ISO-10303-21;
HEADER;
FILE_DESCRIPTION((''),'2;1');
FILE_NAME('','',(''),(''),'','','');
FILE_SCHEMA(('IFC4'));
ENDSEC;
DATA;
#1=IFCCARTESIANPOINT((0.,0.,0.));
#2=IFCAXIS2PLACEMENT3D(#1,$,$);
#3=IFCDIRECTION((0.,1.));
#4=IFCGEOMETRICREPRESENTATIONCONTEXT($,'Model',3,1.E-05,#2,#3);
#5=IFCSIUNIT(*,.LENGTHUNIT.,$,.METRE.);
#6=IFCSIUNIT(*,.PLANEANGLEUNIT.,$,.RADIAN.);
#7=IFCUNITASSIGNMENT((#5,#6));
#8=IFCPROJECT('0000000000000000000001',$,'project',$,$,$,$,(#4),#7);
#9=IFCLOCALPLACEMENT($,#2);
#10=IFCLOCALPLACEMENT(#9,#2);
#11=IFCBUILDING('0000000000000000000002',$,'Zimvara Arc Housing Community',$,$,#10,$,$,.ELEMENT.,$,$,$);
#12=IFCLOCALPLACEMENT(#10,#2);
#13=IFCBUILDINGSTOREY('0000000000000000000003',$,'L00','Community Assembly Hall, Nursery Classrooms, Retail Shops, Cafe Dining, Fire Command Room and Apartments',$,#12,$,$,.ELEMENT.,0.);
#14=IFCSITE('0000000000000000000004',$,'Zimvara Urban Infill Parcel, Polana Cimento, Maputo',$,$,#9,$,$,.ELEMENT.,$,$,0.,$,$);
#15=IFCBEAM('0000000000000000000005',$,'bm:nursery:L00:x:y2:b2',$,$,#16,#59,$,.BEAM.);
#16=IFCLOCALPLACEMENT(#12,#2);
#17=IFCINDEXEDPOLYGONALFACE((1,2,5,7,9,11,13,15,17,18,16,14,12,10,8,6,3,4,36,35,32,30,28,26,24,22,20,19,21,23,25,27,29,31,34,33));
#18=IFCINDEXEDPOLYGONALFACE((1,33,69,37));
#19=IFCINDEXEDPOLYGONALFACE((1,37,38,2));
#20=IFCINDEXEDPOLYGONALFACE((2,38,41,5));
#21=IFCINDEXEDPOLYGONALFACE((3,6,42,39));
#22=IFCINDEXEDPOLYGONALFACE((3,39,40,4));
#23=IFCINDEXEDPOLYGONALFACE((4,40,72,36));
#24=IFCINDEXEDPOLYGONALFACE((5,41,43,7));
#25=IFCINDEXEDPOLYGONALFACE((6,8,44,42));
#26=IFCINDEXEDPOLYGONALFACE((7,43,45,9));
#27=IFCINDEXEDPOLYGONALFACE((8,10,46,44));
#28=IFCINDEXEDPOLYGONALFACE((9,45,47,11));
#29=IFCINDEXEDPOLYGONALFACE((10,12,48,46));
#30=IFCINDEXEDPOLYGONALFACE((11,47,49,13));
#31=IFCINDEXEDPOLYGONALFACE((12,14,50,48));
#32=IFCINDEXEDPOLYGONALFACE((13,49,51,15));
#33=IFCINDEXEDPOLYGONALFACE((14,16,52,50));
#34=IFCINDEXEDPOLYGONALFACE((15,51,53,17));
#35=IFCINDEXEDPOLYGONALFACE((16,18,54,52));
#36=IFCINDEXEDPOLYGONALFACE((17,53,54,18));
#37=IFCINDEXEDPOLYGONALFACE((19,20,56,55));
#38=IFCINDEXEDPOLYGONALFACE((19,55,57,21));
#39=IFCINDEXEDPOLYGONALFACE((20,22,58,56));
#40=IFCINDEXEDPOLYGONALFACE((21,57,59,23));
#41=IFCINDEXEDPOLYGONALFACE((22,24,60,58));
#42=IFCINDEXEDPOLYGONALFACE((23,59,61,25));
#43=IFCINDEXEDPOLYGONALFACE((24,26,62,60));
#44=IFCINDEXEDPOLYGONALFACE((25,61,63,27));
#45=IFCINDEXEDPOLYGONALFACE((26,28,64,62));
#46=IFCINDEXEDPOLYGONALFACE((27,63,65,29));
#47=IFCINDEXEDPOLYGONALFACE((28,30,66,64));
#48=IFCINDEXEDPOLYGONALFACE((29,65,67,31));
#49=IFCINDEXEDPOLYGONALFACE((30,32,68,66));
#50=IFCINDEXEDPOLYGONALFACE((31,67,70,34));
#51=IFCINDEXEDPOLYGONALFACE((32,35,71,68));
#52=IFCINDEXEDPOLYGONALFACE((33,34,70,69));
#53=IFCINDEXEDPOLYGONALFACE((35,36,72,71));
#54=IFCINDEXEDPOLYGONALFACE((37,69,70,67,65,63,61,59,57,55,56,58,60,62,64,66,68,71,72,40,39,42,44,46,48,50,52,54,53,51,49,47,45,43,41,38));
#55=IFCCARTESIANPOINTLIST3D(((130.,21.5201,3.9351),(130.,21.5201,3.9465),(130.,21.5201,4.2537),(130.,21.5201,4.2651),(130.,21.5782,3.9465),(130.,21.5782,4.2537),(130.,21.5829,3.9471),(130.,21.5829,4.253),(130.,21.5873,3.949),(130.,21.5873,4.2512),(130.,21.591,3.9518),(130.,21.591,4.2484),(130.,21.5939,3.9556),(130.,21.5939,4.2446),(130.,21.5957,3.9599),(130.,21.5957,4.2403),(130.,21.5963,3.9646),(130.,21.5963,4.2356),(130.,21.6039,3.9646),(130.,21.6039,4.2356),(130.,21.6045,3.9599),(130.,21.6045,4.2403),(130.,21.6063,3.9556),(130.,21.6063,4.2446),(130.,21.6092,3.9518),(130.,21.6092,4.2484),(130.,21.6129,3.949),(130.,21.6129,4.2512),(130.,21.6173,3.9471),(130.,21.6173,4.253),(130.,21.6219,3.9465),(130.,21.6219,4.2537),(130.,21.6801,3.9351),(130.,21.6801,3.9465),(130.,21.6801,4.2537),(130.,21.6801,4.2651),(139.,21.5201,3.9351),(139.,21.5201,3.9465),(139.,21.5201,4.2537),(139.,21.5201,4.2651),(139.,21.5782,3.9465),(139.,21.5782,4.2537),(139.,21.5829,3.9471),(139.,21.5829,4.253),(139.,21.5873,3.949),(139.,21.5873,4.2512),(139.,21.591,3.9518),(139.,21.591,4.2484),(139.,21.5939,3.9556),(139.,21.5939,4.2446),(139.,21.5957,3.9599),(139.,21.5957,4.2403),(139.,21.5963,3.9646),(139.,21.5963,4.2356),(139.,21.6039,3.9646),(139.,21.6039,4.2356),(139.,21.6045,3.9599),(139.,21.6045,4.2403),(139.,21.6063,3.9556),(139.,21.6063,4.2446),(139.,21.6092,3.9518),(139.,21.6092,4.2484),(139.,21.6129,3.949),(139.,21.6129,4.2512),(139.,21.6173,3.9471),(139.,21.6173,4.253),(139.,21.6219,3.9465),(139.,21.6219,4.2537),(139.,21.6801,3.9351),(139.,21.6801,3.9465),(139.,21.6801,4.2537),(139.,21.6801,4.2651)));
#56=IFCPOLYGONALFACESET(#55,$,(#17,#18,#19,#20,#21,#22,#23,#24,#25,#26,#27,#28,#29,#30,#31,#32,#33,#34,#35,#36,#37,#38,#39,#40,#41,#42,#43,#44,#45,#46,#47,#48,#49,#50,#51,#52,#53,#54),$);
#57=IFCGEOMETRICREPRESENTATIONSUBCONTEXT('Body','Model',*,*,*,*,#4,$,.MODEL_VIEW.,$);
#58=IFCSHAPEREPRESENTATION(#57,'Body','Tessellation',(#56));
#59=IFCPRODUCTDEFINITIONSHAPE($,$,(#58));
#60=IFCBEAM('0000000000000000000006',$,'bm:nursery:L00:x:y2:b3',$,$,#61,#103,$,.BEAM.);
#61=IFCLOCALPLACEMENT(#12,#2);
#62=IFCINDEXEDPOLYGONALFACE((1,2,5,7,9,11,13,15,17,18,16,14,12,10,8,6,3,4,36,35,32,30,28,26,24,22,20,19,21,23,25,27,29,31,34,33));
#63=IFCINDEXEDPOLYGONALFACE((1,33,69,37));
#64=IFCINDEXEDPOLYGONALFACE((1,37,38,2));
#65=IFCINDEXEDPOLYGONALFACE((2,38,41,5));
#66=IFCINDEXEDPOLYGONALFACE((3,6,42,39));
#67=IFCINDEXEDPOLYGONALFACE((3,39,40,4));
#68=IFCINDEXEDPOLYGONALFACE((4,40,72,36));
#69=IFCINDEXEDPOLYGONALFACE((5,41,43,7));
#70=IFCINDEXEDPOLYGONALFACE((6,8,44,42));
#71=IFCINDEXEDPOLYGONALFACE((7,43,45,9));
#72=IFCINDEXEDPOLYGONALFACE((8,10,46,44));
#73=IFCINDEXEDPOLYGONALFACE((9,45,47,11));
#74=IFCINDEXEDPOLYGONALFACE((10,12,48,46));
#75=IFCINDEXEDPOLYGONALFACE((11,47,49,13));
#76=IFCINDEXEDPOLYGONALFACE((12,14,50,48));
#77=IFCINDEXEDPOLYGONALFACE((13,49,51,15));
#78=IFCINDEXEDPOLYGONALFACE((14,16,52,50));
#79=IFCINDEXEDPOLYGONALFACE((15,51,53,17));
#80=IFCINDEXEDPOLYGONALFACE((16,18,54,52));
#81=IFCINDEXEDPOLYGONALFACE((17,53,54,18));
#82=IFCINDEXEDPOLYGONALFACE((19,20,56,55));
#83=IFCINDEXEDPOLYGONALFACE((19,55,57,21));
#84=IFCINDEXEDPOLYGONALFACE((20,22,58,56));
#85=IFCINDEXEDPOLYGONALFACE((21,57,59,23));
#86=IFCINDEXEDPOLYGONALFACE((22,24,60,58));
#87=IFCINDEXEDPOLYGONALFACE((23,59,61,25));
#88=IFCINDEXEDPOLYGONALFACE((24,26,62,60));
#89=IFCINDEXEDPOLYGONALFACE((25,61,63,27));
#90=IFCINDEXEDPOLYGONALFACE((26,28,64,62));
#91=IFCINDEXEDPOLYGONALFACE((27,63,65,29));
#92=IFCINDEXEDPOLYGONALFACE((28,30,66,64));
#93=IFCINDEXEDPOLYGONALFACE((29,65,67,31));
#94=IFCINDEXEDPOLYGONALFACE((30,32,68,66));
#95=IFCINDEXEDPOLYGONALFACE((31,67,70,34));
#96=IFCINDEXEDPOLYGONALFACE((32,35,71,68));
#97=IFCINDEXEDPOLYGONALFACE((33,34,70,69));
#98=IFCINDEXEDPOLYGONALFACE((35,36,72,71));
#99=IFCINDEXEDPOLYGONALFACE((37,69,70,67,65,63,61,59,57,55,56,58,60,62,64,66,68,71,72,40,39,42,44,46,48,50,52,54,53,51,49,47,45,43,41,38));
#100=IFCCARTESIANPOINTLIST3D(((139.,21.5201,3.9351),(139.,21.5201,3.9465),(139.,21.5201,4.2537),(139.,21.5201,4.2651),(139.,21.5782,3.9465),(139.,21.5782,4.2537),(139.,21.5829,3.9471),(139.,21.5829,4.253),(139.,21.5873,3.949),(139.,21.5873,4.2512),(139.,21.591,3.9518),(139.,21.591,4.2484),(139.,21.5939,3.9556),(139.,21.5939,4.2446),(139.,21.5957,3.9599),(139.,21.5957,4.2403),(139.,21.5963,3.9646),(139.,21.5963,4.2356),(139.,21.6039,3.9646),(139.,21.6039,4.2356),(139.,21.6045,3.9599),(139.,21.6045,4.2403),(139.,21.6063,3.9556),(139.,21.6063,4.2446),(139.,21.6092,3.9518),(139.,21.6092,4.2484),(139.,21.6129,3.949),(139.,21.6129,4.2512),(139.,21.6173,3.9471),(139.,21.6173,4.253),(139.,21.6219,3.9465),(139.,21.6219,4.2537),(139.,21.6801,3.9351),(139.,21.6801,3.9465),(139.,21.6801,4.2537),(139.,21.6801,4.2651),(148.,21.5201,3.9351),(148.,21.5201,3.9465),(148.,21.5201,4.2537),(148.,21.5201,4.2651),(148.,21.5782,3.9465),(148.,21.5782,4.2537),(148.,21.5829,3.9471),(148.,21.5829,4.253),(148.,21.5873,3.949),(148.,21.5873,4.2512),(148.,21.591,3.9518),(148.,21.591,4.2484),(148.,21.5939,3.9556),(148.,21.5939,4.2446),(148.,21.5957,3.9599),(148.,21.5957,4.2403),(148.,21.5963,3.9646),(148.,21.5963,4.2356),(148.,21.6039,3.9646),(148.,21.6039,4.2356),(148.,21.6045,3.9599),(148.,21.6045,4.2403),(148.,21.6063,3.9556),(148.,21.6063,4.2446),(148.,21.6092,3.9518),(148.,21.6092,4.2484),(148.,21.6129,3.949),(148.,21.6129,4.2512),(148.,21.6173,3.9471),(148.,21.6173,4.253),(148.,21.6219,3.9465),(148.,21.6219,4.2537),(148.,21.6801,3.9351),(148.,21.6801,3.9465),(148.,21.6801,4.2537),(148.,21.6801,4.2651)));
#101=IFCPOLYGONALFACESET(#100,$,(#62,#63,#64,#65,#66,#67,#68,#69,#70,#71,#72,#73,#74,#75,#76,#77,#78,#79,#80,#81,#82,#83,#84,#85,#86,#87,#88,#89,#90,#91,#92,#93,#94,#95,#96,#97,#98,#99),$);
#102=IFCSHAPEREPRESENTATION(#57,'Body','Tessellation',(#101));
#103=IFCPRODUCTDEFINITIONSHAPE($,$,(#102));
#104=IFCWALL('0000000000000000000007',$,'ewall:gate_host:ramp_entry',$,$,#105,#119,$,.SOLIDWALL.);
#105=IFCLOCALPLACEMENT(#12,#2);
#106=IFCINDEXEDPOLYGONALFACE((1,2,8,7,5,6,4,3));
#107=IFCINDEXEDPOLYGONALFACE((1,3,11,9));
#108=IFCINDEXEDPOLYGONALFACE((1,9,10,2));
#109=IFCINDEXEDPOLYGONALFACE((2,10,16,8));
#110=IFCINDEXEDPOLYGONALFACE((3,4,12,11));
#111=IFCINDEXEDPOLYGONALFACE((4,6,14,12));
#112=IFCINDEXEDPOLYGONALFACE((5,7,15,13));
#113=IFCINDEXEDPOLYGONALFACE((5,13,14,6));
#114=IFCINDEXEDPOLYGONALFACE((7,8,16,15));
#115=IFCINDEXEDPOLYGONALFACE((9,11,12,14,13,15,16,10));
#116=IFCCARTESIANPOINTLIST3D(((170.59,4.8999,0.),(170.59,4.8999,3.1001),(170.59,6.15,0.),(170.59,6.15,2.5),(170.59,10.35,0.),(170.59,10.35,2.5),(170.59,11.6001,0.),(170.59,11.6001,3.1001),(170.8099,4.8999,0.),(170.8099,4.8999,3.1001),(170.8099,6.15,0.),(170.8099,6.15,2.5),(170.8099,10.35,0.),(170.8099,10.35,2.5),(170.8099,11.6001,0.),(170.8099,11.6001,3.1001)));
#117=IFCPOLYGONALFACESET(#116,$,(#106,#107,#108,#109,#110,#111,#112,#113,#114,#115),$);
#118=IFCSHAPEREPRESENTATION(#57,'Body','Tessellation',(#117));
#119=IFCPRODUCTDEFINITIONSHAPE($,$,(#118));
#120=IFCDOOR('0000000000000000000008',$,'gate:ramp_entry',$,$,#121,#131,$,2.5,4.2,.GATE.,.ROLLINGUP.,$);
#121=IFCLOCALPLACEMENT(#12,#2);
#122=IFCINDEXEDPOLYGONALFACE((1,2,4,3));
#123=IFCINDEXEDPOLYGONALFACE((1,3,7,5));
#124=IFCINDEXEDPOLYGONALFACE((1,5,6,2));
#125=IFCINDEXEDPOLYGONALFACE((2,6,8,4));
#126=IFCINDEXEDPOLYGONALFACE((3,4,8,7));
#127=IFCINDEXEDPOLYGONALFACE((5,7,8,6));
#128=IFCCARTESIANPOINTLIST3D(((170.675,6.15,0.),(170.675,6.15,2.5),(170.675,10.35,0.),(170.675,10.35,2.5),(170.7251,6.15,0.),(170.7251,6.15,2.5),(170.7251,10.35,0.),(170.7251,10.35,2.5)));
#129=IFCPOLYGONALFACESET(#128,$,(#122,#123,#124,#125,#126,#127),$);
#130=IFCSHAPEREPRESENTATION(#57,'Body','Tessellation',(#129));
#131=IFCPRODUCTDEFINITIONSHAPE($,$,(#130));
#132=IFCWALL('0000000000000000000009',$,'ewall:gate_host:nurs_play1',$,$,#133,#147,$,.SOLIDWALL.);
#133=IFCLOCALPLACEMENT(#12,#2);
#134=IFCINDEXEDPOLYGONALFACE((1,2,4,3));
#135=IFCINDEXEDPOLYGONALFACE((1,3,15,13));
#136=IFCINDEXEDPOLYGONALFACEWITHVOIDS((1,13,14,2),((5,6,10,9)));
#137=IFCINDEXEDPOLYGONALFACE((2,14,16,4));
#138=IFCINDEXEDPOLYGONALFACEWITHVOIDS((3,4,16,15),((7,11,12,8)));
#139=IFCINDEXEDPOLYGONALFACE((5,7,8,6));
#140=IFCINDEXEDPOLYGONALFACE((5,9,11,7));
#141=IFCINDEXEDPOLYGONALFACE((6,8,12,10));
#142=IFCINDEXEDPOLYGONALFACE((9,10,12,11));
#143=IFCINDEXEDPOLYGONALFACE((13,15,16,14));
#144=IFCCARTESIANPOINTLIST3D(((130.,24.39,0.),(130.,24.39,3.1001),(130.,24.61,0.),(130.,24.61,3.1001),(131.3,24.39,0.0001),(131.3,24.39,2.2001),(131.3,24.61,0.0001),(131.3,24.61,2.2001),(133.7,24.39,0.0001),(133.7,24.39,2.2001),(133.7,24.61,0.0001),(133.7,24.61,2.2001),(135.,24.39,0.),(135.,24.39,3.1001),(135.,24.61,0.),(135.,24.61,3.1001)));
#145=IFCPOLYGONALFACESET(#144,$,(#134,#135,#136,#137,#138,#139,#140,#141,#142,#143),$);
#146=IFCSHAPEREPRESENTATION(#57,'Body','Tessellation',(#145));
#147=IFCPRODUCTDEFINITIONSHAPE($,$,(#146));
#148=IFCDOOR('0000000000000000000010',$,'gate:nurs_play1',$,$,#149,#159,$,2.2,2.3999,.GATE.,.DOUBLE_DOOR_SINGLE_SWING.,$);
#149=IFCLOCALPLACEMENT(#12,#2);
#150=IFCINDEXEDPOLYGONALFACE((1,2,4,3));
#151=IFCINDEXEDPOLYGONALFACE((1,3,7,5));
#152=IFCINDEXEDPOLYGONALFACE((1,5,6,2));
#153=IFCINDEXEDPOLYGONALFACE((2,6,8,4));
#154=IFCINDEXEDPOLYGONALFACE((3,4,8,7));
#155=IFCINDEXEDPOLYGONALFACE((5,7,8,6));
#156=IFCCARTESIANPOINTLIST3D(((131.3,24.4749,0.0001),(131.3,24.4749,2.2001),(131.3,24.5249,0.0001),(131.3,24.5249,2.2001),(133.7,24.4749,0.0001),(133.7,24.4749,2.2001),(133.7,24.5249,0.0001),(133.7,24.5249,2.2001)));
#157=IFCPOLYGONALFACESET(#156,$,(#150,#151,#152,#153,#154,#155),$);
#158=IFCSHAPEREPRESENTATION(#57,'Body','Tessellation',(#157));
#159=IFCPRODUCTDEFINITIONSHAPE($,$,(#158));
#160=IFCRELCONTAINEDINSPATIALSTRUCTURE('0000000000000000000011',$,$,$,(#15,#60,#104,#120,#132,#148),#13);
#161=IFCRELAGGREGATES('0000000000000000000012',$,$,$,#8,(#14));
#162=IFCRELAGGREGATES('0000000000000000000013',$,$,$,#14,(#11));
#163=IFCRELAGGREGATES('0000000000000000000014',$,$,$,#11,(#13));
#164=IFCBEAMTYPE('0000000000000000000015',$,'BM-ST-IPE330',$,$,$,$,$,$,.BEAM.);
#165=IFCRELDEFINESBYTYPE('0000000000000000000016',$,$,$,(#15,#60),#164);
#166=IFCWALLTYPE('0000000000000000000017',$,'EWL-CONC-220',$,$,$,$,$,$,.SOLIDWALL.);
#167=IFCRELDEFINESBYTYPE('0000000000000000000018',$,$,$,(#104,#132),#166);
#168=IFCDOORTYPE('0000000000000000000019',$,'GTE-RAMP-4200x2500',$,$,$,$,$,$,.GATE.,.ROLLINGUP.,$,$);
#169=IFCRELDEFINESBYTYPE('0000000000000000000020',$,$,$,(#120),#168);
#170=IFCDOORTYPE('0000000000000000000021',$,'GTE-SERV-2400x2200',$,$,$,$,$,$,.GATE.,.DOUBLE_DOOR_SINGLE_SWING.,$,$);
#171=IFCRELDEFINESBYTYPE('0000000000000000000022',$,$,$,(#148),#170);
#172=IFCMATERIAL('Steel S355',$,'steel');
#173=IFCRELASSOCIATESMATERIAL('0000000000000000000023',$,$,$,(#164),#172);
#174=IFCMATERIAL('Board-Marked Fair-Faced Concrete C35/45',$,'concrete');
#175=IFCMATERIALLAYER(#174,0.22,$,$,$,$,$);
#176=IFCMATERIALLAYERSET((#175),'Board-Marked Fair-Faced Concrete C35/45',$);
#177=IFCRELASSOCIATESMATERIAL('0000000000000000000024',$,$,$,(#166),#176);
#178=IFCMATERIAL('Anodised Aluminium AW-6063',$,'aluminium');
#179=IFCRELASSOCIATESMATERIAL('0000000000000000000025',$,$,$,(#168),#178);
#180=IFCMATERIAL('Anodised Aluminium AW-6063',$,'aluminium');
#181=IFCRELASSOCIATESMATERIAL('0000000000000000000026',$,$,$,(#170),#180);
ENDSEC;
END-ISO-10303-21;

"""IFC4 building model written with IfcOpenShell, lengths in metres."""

from ifc_helpers import new_model, si_unit, direction, frame, frame_2d, origin, origin_2d, place, context, subcontext, project, spatial, rectangle, i_section, extrude, material, layer, layer_set, material_profile, profile_set, type_object, element, fill, save


model = new_model("IFC4")

# Units and contexts
model_context = context("Model", 3, precision=1e-05, world=origin(), true_north=direction((0.0, 1.0)))
body_context = subcontext(model_context, "Body", "Model", "MODEL_VIEW")
ifc_project = project(units=[si_unit("LENGTHUNIT", "METRE"), si_unit("PLANEANGLEUNIT", "RADIAN")], contexts=[model_context])

# Site, building, storey
site_placement = place(None, origin())
site = spatial("IfcSite", under=ifc_project, at=site_placement, Name="Zimvara Urban Infill Parcel, Polana Cimento, Maputo", CompositionType="ELEMENT", RefElevation=0.0)
building_placement = place(site_placement, origin())
building = spatial("IfcBuilding", under=site, at=building_placement, Name="Zimvara Arc Housing Community", CompositionType="ELEMENT")
storey_placement = place(building_placement, origin())
storey = spatial("IfcBuildingStorey", under=building, at=storey_placement, Name="L00", Description="Community Assembly Hall, Nursery Classrooms, Retail Shops, Cafe Dining, Fire Command Room and Apartments", CompositionType="ELEMENT", Elevation=0.0)

# Beams
ifc_material_1 = material(Name="Steel S355", Category="steel")
ifc_material_profile_1 = material_profile(ifc_material_1, i_section(OverallWidth=0.1599, OverallDepth=0.3301, WebThickness=0.0076, FlangeThickness=0.0115, FilletRadius=0.0181, at=origin_2d()), Name="IPE 330")
ifc_profile_set_1 = profile_set([ifc_material_profile_1], Name="Steel S355")
beam_type_1 = type_object("IfcBeamType", Name="BM-ST-IPE330", PredefinedType="BEAM", material=ifc_profile_set_1)
for number, where, z_axis, x_axis, name in (
    (1, (130.0, 21.6001, 4.1001), (1.0, 0.0, 0.0), (0.0, 1.0, 0.0), "bm:nursery:L00:x:y2:b2"),
    (2, (139.0, 21.6001, 4.1001), (1.0, 0.0, 0.0), (0.0, 1.0, 0.0), "bm:nursery:L00:x:y2:b3"),
):
    element("IfcBeam", number, at=place(storey_placement, frame(where, z_axis=z_axis, x_axis=x_axis)), inside=storey, type_object=beam_type_1, Name=name, PredefinedType="BEAM", context=body_context, shape_type="SweptSolid", body=[
        extrude(i_section(OverallWidth=0.1599, OverallDepth=0.3301, WebThickness=0.0076, FlangeThickness=0.0115, FilletRadius=0.0181, at=origin_2d()), origin(), (0.0, 0.0, 1.0), 9.0),
    ])

# Walls, openings, doors
ifc_material_2 = material(Name="Board-Marked Fair-Faced Concrete C35/45", Category="concrete")
ifc_layer_1 = layer(ifc_material_2, 0.22)
ifc_layer_set_1 = layer_set([ifc_layer_1], Name="Board-Marked Fair-Faced Concrete C35/45")
wall_type_1 = type_object("IfcWallType", Name="EWL-CONC-220", PredefinedType="SOLIDWALL", material=ifc_layer_set_1)
wall_1_placement = place(storey_placement, frame((170.7, 4.8999, 0.0), z_axis=(0.0, 0.0, 1.0), x_axis=(0.0, 1.0, 0.0)))
wall_1 = element("IfcWall", 3, at=wall_1_placement, inside=storey, type_object=wall_type_1, Name="ewall:gate_host:ramp_entry", PredefinedType="SOLIDWALL", context=body_context, shape_type="SweptSolid", body=[
    extrude(rectangle(XDim=6.7002, YDim=0.22, at=frame_2d((3.3501, 0.0))), origin(), (0.0, 0.0, 1.0), 3.1001),
])
opening_1_placement = place(wall_1_placement, frame((1.25, 0.0, 0.0)))
opening_1 = element("IfcOpeningElement", 4, at=opening_1_placement, cuts=wall_1, PredefinedType="OPENING", context=body_context, shape_type="SweptSolid", body=[
    extrude(rectangle(XDim=4.2, YDim=2.5, at=frame_2d((2.1001, 1.25))), frame((0.0, 0.1199, 0.0), z_axis=(0.0, -1.0, 0.0), x_axis=(1.0, 0.0, 0.0)), (0.0, 0.0, 1.0), 0.24),
])
ifc_material_3 = material(Name="Anodised Aluminium AW-6063", Category="aluminium")
door_type_1 = type_object("IfcDoorType", Name="GTE-RAMP-4200x2500", OperationType="ROLLINGUP", PredefinedType="GATE", material=ifc_material_3)
door_1_placement = place(opening_1_placement, origin())
door_1 = element("IfcDoor", 5, at=door_1_placement, inside=storey, type_object=door_type_1, Name="gate:ramp_entry", OperationType="ROLLINGUP", OverallHeight=2.5, OverallWidth=4.2, PredefinedType="GATE", context=body_context, shape_type="SweptSolid", body=[
    extrude(rectangle(XDim=4.2, YDim=2.5, at=frame_2d((2.1001, 1.25))), frame((0.0, 0.0249, 0.0), z_axis=(0.0, -1.0, 0.0), x_axis=(1.0, 0.0, 0.0)), (0.0, 0.0, 1.0), 0.05),
])
fill(opening_1, door_1)
wall_2_placement = place(storey_placement, frame((130.0, 24.5, 0.0), z_axis=(0.0, 0.0, 1.0), x_axis=(1.0, 0.0, 0.0)))
wall_2 = element("IfcWall", 6, at=wall_2_placement, inside=storey, type_object=wall_type_1, Name="ewall:gate_host:nurs_play1", PredefinedType="SOLIDWALL", context=body_context, shape_type="SweptSolid", body=[
    extrude(rectangle(XDim=5.0, YDim=0.22, at=frame_2d((2.5, 0.0))), origin(), (0.0, 0.0, 1.0), 3.1001),
])
opening_2_placement = place(wall_2_placement, frame((1.3, 0.0, 0.0)))
opening_2 = element("IfcOpeningElement", 7, at=opening_2_placement, cuts=wall_2, PredefinedType="OPENING", context=body_context, shape_type="SweptSolid", body=[
    extrude(rectangle(XDim=2.3999, YDim=2.2, at=frame_2d((1.2, 1.1001))), frame((0.0, 0.1199, 0.0), z_axis=(0.0, -1.0, 0.0), x_axis=(1.0, 0.0, 0.0)), (0.0, 0.0, 1.0), 0.24),
])
ifc_material_4 = material(Name="Anodised Aluminium AW-6063", Category="aluminium")
door_type_2 = type_object("IfcDoorType", Name="GTE-SERV-2400x2200", OperationType="DOUBLE_DOOR_SINGLE_SWING", PredefinedType="GATE", material=ifc_material_4)
door_2_placement = place(opening_2_placement, origin())
door_2 = element("IfcDoor", 8, at=door_2_placement, inside=storey, type_object=door_type_2, Name="gate:nurs_play1", OperationType="DOUBLE_DOOR_SINGLE_SWING", OverallHeight=2.2, OverallWidth=2.3999, PredefinedType="GATE", context=body_context, shape_type="SweptSolid", body=[
    extrude(rectangle(XDim=2.3999, YDim=2.2, at=frame_2d((1.2, 1.1001))), frame((0.0, 0.0249, 0.0), z_axis=(0.0, -1.0, 0.0), x_axis=(1.0, 0.0, 0.0)), (0.0, 0.0, 1.0), 0.05),
])
fill(opening_2, door_2)

save(model, "model.ifc")
